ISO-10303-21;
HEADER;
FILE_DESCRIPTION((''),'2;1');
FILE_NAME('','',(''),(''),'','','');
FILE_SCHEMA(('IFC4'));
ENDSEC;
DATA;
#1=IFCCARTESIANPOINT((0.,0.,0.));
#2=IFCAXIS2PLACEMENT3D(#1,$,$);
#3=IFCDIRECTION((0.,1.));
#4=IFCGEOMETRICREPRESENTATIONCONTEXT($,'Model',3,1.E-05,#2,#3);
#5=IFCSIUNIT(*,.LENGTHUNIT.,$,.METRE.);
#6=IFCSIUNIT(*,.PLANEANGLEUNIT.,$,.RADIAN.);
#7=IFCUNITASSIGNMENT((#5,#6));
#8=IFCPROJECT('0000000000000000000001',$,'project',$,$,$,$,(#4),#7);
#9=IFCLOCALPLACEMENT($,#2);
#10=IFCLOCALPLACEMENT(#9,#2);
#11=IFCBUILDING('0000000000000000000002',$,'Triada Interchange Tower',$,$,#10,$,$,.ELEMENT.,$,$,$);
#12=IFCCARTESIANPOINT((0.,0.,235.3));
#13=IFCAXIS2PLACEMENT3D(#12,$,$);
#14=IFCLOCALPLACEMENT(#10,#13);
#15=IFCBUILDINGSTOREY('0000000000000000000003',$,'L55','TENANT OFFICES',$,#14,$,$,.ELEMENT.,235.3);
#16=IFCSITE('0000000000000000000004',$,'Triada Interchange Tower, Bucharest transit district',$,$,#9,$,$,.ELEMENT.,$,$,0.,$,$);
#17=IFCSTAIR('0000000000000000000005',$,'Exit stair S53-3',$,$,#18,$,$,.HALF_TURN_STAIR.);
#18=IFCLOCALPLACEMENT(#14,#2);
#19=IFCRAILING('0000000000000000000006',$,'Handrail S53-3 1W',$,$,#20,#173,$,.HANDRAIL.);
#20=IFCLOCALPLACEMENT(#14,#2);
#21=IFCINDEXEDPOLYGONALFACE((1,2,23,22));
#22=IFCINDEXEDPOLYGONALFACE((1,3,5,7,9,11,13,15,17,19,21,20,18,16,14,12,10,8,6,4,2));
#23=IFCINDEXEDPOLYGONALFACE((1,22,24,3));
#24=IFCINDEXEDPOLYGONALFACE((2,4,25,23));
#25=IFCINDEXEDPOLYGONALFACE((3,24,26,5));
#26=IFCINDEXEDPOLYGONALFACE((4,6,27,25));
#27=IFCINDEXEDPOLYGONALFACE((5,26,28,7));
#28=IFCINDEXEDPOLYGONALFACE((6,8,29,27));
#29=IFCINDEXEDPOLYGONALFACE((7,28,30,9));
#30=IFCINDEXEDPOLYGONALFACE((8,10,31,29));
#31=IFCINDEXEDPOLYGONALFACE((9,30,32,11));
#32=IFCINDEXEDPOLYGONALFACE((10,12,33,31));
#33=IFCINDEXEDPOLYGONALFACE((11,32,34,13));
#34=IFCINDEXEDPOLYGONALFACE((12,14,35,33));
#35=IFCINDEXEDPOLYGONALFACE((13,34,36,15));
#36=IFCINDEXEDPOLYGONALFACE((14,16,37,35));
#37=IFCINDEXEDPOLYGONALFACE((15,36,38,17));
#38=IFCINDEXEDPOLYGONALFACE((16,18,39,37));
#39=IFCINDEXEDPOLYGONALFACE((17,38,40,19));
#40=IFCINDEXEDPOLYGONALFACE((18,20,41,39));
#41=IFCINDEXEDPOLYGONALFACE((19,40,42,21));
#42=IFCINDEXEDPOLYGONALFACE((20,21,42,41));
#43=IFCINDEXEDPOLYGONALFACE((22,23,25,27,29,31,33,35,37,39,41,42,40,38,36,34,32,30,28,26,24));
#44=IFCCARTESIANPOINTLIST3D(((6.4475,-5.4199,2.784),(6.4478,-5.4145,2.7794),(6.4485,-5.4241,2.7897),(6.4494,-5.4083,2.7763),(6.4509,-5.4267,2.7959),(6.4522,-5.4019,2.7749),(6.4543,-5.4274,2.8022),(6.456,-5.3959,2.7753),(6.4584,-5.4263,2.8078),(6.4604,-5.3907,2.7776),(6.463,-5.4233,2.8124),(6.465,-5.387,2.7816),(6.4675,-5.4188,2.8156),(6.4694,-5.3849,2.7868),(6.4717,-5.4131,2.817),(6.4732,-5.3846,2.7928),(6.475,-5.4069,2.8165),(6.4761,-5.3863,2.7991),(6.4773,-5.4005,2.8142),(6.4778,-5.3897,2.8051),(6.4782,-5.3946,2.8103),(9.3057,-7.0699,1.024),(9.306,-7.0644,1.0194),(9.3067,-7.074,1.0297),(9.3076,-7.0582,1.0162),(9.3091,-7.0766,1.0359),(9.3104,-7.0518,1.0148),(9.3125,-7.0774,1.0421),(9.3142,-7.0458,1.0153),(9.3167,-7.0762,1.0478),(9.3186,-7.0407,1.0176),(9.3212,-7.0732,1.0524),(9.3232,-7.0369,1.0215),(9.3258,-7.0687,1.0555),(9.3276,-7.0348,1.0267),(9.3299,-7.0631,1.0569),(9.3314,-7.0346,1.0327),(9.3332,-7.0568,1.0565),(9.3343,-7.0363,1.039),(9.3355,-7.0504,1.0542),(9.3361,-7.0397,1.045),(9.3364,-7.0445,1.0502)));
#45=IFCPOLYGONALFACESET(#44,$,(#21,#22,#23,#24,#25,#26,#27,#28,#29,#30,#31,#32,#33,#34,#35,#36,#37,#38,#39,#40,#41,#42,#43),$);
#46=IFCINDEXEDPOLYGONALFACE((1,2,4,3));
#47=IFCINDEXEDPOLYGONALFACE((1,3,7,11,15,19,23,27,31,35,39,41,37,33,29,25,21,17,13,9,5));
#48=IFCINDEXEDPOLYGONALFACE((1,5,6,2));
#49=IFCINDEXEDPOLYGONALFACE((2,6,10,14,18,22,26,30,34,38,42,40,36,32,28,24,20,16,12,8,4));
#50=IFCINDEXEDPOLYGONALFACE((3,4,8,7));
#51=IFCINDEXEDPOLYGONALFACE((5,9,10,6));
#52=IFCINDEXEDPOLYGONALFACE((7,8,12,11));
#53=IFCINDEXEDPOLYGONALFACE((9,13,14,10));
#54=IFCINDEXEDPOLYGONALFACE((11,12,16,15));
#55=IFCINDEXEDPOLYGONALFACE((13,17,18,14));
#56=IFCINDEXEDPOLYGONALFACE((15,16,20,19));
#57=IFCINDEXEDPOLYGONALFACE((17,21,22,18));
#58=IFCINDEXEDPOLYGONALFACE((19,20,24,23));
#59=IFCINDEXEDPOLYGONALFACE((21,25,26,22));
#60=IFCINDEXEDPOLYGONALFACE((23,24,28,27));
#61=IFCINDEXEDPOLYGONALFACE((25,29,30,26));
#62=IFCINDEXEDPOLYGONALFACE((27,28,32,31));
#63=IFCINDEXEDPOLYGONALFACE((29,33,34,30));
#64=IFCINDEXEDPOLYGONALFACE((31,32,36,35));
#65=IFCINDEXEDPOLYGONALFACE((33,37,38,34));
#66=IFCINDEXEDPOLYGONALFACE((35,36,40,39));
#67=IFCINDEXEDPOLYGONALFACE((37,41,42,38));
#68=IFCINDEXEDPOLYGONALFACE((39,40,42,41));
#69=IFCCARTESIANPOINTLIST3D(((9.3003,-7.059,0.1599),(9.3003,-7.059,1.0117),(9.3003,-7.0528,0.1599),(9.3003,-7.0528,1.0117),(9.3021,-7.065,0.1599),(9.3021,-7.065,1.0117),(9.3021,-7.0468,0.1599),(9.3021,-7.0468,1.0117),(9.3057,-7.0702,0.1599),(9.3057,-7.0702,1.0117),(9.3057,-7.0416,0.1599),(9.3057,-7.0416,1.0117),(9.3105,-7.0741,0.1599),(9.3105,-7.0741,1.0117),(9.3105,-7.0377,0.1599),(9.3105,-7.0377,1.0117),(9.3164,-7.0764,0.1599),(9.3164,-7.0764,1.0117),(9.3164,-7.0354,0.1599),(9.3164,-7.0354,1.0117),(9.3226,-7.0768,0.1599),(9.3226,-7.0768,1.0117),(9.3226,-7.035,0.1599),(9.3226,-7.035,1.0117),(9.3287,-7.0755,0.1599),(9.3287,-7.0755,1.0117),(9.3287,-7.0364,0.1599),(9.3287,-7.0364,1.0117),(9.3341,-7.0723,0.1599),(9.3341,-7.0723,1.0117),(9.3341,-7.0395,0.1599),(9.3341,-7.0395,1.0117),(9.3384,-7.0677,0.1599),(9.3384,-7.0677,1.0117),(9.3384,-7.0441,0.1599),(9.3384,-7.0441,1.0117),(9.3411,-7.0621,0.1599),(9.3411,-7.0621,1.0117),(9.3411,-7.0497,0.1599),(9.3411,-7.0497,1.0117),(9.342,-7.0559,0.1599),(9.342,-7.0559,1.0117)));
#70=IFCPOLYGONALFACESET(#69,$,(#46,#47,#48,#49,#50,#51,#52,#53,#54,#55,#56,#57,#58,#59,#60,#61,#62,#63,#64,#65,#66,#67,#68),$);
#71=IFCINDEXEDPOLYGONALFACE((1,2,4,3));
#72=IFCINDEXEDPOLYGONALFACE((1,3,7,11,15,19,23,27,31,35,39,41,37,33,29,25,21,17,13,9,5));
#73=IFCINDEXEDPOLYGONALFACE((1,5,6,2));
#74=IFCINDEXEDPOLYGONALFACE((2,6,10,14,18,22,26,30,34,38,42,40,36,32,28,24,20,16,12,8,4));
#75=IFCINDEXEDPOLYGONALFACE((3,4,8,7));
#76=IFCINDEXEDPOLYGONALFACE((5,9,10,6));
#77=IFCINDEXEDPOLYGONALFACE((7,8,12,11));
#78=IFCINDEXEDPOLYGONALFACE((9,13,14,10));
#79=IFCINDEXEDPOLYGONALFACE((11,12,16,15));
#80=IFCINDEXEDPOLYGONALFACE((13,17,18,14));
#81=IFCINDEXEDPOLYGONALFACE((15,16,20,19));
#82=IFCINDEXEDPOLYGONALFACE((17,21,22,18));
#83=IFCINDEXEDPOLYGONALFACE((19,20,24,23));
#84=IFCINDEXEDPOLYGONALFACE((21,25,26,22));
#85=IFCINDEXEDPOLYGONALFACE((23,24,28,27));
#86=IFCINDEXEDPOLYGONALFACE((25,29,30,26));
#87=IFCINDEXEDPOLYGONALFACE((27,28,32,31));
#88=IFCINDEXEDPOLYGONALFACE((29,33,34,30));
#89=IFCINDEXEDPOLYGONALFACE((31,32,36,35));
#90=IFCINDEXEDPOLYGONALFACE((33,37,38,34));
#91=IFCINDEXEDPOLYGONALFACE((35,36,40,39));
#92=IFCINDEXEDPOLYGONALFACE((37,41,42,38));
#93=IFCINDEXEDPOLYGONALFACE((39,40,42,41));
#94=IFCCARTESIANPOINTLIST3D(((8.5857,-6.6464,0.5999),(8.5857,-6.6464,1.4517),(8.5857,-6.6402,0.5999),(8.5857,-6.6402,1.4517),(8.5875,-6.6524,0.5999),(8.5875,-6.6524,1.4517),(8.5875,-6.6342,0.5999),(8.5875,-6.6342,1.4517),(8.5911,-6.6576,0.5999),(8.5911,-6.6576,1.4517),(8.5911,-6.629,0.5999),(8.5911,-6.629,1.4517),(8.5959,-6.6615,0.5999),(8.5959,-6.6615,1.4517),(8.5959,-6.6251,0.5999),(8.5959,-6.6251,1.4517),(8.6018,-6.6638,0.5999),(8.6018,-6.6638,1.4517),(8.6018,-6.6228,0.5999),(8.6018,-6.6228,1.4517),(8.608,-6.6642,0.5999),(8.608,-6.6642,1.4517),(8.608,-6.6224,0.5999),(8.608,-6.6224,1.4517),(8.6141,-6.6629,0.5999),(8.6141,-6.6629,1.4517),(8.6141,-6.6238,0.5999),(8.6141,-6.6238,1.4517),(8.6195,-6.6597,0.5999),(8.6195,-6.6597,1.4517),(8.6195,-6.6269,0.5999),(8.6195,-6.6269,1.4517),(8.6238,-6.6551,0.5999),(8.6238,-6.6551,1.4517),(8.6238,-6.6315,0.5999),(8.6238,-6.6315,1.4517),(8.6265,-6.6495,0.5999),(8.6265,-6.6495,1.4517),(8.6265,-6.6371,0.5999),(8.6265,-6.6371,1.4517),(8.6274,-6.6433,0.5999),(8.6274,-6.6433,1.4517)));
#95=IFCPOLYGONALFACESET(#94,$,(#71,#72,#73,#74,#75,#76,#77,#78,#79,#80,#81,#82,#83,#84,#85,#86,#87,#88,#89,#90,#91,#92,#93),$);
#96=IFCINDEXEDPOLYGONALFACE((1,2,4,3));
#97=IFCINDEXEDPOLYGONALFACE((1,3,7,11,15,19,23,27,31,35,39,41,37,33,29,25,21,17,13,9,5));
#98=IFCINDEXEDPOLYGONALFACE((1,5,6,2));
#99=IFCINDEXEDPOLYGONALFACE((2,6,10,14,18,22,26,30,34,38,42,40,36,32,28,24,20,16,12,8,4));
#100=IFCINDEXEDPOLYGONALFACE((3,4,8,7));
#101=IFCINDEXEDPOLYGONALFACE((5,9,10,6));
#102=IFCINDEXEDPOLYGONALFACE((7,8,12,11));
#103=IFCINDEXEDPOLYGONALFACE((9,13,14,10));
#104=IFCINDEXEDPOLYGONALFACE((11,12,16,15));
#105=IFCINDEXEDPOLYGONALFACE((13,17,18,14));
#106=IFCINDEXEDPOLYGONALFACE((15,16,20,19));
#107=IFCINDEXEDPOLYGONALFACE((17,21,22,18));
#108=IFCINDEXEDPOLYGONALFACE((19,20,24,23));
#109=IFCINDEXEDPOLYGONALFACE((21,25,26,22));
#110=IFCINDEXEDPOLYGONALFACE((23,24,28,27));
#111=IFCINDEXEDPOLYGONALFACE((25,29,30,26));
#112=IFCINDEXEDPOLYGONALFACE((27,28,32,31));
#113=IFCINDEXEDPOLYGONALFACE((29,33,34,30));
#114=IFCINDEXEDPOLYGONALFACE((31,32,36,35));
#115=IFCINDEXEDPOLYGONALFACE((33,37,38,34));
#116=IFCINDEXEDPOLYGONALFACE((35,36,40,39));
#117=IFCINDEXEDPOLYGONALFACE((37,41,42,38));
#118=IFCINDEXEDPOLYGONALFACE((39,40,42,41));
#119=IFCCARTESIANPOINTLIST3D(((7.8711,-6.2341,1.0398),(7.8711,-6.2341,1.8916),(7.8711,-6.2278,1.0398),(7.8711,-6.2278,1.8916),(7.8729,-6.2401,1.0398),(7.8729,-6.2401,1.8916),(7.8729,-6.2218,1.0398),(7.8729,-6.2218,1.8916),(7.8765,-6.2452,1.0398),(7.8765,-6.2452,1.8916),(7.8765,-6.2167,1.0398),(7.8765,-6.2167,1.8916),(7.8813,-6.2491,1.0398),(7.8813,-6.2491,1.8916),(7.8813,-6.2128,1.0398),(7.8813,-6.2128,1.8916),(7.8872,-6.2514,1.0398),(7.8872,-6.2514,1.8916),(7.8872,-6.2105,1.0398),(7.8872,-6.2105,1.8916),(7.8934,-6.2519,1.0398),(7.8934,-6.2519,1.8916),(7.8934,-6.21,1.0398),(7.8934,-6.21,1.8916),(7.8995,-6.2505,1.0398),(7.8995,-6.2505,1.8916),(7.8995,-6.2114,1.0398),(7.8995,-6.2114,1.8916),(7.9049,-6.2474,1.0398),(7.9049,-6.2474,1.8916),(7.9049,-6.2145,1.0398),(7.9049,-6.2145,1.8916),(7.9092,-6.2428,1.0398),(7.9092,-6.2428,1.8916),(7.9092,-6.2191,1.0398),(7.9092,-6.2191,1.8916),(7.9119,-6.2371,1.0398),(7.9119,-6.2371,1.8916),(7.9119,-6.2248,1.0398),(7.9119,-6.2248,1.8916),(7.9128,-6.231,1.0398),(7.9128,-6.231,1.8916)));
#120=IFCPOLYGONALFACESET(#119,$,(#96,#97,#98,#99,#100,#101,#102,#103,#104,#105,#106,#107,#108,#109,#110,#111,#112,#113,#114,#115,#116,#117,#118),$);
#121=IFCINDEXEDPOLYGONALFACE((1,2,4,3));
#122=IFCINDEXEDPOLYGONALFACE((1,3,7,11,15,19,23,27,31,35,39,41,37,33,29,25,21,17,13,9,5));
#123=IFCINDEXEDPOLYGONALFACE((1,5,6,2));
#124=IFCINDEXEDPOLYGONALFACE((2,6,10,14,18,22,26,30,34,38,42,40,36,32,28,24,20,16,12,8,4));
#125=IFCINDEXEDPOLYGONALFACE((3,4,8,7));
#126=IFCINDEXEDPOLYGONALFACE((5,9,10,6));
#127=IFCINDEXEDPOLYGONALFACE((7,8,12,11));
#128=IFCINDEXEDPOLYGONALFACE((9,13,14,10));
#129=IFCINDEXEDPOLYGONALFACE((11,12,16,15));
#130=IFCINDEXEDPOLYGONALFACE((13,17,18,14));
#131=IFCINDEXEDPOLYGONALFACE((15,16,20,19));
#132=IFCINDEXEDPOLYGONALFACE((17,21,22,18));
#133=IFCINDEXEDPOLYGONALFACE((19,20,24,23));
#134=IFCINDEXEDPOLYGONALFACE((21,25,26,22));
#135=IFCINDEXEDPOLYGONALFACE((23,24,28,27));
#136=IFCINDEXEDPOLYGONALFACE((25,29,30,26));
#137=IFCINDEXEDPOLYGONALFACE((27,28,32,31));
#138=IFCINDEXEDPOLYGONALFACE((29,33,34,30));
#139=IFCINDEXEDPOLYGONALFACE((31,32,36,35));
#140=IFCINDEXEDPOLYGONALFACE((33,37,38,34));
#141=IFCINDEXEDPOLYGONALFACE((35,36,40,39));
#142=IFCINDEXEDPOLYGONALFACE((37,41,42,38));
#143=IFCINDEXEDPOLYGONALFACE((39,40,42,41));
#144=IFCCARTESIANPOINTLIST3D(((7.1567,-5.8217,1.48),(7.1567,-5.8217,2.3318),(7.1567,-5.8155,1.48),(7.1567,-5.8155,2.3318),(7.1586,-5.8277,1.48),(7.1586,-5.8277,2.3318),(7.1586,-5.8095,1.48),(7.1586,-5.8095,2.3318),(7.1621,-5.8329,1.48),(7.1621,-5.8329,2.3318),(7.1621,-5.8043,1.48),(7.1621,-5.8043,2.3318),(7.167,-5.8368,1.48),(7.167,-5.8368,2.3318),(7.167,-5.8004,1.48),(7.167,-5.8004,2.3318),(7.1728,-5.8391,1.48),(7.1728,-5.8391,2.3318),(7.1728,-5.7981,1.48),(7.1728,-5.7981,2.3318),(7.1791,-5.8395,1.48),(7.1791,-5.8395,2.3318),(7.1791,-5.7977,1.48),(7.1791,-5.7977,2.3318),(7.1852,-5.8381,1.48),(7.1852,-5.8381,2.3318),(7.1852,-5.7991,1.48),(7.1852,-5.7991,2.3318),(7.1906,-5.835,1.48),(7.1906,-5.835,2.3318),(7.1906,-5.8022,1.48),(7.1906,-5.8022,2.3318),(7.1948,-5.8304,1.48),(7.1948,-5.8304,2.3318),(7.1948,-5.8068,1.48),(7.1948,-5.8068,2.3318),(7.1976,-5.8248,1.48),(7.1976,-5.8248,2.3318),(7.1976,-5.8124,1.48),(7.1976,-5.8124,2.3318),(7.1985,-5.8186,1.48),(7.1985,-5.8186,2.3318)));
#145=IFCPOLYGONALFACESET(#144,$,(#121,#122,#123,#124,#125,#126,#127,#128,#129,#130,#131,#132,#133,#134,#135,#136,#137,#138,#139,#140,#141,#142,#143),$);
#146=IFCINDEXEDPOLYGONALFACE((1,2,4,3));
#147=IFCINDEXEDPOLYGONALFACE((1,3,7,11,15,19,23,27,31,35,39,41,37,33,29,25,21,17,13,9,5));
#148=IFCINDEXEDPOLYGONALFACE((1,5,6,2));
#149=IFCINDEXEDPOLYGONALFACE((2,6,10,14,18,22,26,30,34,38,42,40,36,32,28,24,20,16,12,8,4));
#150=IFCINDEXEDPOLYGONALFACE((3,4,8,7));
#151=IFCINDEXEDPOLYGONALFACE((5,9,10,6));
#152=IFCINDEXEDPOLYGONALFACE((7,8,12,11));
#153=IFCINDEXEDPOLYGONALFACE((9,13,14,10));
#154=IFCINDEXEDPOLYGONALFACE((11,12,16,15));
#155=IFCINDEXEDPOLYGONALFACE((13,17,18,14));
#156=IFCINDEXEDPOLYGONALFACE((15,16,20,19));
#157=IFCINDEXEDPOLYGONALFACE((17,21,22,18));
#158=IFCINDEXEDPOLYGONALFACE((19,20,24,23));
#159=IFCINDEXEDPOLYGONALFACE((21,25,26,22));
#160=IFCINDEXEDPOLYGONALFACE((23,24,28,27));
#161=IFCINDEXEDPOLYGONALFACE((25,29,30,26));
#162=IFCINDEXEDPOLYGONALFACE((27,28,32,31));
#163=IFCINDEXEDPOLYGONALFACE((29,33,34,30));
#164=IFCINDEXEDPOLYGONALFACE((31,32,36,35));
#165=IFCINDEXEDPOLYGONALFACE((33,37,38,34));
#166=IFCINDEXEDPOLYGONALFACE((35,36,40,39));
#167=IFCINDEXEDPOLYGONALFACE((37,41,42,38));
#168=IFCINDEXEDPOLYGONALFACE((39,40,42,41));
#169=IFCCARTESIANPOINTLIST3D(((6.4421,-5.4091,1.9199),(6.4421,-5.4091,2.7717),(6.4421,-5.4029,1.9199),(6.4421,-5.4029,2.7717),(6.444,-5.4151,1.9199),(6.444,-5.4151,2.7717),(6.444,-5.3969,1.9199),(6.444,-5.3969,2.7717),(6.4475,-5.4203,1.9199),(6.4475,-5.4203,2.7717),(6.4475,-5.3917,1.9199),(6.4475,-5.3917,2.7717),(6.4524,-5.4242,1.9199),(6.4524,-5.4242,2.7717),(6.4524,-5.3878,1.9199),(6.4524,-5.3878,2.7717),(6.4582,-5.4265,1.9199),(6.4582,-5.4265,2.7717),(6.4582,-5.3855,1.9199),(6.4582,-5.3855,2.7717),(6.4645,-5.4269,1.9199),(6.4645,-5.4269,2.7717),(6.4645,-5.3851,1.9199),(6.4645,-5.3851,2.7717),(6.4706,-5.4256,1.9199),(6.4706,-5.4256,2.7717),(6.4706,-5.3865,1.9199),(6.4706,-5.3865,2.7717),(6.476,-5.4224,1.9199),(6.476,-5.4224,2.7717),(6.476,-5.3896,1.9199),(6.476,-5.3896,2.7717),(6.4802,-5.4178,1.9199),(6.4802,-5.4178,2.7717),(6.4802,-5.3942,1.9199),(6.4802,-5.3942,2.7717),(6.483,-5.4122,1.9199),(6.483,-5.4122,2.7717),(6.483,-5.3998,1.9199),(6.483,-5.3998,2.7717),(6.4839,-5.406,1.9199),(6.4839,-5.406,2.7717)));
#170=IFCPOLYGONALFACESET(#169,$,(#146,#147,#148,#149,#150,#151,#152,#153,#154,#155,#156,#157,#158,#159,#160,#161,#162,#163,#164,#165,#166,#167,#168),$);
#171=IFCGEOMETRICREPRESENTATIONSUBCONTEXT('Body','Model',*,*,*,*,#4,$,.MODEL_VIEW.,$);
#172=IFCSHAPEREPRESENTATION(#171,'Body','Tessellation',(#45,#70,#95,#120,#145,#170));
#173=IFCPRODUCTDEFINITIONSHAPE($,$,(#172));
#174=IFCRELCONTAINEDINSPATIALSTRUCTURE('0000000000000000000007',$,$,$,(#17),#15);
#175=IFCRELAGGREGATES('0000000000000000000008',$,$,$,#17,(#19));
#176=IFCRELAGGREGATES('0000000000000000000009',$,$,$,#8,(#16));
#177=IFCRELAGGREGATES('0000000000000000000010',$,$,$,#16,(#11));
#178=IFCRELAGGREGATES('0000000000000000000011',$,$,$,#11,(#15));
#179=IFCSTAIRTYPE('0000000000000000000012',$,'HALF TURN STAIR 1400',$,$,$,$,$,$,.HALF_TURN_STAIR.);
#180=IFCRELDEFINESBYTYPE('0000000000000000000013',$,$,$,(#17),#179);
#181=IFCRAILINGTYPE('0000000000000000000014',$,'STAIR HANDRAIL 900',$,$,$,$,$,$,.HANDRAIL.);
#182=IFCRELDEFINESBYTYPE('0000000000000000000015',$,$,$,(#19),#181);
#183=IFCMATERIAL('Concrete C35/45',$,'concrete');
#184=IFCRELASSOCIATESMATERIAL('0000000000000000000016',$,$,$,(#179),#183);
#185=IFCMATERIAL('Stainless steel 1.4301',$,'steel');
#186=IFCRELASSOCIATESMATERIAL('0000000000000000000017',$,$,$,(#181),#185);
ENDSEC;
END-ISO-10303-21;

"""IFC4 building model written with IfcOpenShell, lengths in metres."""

from ifc_helpers import new_model, si_unit, direction, frame, origin, origin_2d, place, context, subcontext, project, spatial, circle, extrude, material, type_object, element, aggregate, save


model = new_model("IFC4")

# Units and contexts
model_context = context("Model", 3, precision=1e-05, world=origin(), true_north=direction((0.0, 1.0)))
body_context = subcontext(model_context, "Body", "Model", "MODEL_VIEW")
ifc_project = project(units=[si_unit("LENGTHUNIT", "METRE"), si_unit("PLANEANGLEUNIT", "RADIAN")], contexts=[model_context])

# Site, building, storey
site_placement = place(None, origin())
site = spatial("IfcSite", under=ifc_project, at=site_placement, Name="Triada Interchange Tower, Bucharest transit district", CompositionType="ELEMENT", RefElevation=0.0)
building_placement = place(site_placement, origin())
building = spatial("IfcBuilding", under=site, at=building_placement, Name="Triada Interchange Tower", CompositionType="ELEMENT")
storey_placement = place(building_placement, frame((0.0, 0.0, 235.3)))
storey = spatial("IfcBuildingStorey", under=building, at=storey_placement, Name="L55", Description="TENANT OFFICES", CompositionType="ELEMENT", Elevation=235.3)

# Stair, railing
ifc_material_1 = material(Name="Concrete C35/45", Category="concrete")
stair_type = type_object("IfcStairType", Name="HALF TURN STAIR 1400", PredefinedType="HALF_TURN_STAIR", material=ifc_material_1)
stair_placement = place(storey_placement, origin())
stair = element("IfcStair", 1, at=stair_placement, inside=storey, type_object=stair_type, Name="Exit stair S53-3", PredefinedType="HALF_TURN_STAIR")
ifc_material_2 = material(Name="Stainless steel 1.4301", Category="steel")
railing_type = type_object("IfcRailingType", Name="STAIR HANDRAIL 900", PredefinedType="HANDRAIL", material=ifc_material_2)
railing_1_placement = place(storey_placement, frame((9.321, -7.0559, 0.1599)))
railing_1 = element("IfcRailing", 2, at=railing_1_placement, type_object=railing_type, Name="Handrail S53-3 1W", PredefinedType="HANDRAIL", context=body_context, shape_type="SweptSolid", body=[
    extrude(circle(Radius=0.0239, at=origin_2d()), frame((0.0, 0.0, 0.876), z_axis=(-0.764178, 0.441131, 0.47057), x_axis=(-0.499942, -0.866059, 0.0)), (0.0, 0.0, 1.0), 3.7402),
    extrude(circle(Radius=0.021, at=origin_2d()), origin(), (0.0, 0.0, 1.0), 0.8518),
    extrude(circle(Radius=0.021, at=origin_2d()), frame((-0.7146, 0.4126, 0.4399)), (0.0, 0.0, 1.0), 0.8518),
    extrude(circle(Radius=0.021, at=origin_2d()), frame((-1.4292, 0.825, 0.8799)), (0.0, 0.0, 1.0), 0.8518),
    extrude(circle(Radius=0.021, at=origin_2d()), frame((-2.1436, 1.2373, 1.3201)), (0.0, 0.0, 1.0), 0.8518),
    extrude(circle(Radius=0.021, at=origin_2d()), frame((-2.8582, 1.6499, 1.76)), (0.0, 0.0, 1.0), 0.8518),
])
aggregate(stair, [railing_1])

save(model, "model.ifc")
